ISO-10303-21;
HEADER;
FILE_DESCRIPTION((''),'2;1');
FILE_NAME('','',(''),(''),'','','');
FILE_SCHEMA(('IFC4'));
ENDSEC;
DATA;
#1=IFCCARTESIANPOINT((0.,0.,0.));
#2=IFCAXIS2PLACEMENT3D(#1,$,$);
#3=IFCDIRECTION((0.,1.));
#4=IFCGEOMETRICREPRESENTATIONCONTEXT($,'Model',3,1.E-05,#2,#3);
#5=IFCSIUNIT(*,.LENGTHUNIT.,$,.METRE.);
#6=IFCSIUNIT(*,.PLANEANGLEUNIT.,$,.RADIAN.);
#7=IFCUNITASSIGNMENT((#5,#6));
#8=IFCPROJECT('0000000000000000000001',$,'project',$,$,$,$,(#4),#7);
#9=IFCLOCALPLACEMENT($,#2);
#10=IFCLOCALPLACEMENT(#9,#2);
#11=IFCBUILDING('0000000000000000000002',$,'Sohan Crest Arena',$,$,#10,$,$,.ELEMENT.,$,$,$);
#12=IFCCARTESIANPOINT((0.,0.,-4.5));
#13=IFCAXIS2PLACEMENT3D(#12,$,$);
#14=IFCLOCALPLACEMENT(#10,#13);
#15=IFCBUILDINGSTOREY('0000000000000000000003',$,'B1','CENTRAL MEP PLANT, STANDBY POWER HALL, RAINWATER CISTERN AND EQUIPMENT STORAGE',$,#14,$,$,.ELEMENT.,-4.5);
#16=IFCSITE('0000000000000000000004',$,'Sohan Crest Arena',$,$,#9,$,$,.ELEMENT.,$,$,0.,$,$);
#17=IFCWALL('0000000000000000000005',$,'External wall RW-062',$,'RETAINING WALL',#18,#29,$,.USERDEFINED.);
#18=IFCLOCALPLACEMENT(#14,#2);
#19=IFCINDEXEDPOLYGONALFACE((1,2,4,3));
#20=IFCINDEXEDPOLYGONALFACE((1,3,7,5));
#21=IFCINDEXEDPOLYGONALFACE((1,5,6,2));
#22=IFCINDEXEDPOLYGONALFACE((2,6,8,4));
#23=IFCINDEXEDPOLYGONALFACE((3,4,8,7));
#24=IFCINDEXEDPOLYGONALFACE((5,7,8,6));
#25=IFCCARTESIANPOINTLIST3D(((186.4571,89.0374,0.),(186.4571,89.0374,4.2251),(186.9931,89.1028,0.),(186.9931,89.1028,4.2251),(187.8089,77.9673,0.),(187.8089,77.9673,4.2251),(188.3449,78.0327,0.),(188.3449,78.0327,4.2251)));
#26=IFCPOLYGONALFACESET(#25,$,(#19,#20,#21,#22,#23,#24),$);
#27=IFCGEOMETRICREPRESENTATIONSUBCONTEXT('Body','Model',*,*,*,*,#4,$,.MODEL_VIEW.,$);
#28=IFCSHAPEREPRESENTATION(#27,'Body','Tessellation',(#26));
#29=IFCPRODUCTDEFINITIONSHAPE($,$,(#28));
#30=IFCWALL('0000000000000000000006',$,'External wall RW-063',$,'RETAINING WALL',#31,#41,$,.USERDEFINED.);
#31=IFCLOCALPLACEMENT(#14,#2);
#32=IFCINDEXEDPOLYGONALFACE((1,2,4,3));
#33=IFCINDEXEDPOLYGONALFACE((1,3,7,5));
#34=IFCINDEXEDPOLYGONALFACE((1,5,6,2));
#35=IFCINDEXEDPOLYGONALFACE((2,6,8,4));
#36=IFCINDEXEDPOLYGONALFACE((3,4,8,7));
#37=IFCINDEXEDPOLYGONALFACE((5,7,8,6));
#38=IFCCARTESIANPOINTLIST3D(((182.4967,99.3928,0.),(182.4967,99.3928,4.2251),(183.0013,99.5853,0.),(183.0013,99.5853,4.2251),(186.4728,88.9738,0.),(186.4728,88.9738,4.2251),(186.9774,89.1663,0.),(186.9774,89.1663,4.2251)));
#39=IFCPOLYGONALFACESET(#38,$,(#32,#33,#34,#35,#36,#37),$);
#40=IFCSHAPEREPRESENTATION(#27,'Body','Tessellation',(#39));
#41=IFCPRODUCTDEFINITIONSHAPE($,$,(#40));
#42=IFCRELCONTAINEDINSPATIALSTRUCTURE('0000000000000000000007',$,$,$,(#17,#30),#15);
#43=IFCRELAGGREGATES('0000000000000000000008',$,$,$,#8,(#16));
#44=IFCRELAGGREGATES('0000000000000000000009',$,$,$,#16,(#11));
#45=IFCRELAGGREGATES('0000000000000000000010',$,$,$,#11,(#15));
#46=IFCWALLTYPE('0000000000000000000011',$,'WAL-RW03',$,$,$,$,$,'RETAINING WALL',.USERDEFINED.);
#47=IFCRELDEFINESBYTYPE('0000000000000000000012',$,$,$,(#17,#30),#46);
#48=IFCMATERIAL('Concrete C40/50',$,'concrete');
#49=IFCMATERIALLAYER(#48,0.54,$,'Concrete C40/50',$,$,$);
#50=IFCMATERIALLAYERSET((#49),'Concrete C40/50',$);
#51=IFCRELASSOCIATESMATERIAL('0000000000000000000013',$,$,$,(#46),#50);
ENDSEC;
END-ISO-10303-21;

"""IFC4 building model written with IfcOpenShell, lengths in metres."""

from ifc_helpers import new_model, si_unit, direction, frame, frame_2d, origin, place, context, subcontext, project, spatial, rectangle, extrude, material, layer, layer_set, type_object, element, save


model = new_model("IFC4")

# Units and contexts
model_context = context("Model", 3, precision=1e-05, world=origin(), true_north=direction((0.0, 1.0)))
body_context = subcontext(model_context, "Body", "Model", "MODEL_VIEW")
ifc_project = project(units=[si_unit("LENGTHUNIT", "METRE"), si_unit("PLANEANGLEUNIT", "RADIAN")], contexts=[model_context])

# Site, building, storey
site_placement = place(None, origin())
site = spatial("IfcSite", under=ifc_project, at=site_placement, Name="Sohan Crest Arena", CompositionType="ELEMENT", RefElevation=0.0)
building_placement = place(site_placement, origin())
building = spatial("IfcBuilding", under=site, at=building_placement, Name="Sohan Crest Arena", CompositionType="ELEMENT")
storey_placement = place(building_placement, frame((0.0, 0.0, -4.5)))
storey = spatial("IfcBuildingStorey", under=building, at=storey_placement, Name="B1", Description="CENTRAL MEP PLANT, STANDBY POWER HALL, RAINWATER CISTERN AND EQUIPMENT STORAGE", CompositionType="ELEMENT", Elevation=-4.5)

# Shared definitions
ifc_material_1 = material(Name="Concrete C40/50", Category="concrete")

# Walls
ifc_layer_1 = layer(ifc_material_1, 0.54, Name="Concrete C40/50")
ifc_layer_set_1 = layer_set([ifc_layer_1], Name="Concrete C40/50")
wall_type_1 = type_object("IfcWallType", Name="WAL-RW03", ElementType="RETAINING WALL", PredefinedType="USERDEFINED", material=ifc_layer_set_1)
for number, where, z_axis, x_axis, name in (
    (1, (188.0769, 78.0, 0.0), (0.0, 0.0, 1.0), (-0.121213, 0.992626, 0.0), "External wall RW-062"),
):
    element("IfcWall", number, at=place(storey_placement, frame(where, z_axis=z_axis, x_axis=x_axis)), inside=storey, type_object=wall_type_1, Name=name, ObjectType="RETAINING WALL", PredefinedType="USERDEFINED", context=body_context, shape_type="SweptSolid", body=[
        extrude(rectangle(XDim=11.1523, YDim=0.54, at=frame_2d((5.5762, 0.0))), origin(), (0.0, 0.0, 1.0), 4.2251),
    ])
wall_1_placement = place(storey_placement, frame((186.7251, 89.0701, 0.0), z_axis=(0.0, 0.0, 1.0), x_axis=(-0.35654, 0.93428, 0.0)))
element("IfcWall", 2, at=wall_1_placement, inside=storey, type_object=wall_type_1, Name="External wall RW-063", ObjectType="RETAINING WALL", PredefinedType="USERDEFINED", context=body_context, shape_type="SweptSolid", body=[
    extrude(rectangle(XDim=11.1519, YDim=0.54, at=frame_2d((5.5759, 0.0))), origin(), (0.0, 0.0, 1.0), 4.2251),
])

save(model, "model.ifc")
